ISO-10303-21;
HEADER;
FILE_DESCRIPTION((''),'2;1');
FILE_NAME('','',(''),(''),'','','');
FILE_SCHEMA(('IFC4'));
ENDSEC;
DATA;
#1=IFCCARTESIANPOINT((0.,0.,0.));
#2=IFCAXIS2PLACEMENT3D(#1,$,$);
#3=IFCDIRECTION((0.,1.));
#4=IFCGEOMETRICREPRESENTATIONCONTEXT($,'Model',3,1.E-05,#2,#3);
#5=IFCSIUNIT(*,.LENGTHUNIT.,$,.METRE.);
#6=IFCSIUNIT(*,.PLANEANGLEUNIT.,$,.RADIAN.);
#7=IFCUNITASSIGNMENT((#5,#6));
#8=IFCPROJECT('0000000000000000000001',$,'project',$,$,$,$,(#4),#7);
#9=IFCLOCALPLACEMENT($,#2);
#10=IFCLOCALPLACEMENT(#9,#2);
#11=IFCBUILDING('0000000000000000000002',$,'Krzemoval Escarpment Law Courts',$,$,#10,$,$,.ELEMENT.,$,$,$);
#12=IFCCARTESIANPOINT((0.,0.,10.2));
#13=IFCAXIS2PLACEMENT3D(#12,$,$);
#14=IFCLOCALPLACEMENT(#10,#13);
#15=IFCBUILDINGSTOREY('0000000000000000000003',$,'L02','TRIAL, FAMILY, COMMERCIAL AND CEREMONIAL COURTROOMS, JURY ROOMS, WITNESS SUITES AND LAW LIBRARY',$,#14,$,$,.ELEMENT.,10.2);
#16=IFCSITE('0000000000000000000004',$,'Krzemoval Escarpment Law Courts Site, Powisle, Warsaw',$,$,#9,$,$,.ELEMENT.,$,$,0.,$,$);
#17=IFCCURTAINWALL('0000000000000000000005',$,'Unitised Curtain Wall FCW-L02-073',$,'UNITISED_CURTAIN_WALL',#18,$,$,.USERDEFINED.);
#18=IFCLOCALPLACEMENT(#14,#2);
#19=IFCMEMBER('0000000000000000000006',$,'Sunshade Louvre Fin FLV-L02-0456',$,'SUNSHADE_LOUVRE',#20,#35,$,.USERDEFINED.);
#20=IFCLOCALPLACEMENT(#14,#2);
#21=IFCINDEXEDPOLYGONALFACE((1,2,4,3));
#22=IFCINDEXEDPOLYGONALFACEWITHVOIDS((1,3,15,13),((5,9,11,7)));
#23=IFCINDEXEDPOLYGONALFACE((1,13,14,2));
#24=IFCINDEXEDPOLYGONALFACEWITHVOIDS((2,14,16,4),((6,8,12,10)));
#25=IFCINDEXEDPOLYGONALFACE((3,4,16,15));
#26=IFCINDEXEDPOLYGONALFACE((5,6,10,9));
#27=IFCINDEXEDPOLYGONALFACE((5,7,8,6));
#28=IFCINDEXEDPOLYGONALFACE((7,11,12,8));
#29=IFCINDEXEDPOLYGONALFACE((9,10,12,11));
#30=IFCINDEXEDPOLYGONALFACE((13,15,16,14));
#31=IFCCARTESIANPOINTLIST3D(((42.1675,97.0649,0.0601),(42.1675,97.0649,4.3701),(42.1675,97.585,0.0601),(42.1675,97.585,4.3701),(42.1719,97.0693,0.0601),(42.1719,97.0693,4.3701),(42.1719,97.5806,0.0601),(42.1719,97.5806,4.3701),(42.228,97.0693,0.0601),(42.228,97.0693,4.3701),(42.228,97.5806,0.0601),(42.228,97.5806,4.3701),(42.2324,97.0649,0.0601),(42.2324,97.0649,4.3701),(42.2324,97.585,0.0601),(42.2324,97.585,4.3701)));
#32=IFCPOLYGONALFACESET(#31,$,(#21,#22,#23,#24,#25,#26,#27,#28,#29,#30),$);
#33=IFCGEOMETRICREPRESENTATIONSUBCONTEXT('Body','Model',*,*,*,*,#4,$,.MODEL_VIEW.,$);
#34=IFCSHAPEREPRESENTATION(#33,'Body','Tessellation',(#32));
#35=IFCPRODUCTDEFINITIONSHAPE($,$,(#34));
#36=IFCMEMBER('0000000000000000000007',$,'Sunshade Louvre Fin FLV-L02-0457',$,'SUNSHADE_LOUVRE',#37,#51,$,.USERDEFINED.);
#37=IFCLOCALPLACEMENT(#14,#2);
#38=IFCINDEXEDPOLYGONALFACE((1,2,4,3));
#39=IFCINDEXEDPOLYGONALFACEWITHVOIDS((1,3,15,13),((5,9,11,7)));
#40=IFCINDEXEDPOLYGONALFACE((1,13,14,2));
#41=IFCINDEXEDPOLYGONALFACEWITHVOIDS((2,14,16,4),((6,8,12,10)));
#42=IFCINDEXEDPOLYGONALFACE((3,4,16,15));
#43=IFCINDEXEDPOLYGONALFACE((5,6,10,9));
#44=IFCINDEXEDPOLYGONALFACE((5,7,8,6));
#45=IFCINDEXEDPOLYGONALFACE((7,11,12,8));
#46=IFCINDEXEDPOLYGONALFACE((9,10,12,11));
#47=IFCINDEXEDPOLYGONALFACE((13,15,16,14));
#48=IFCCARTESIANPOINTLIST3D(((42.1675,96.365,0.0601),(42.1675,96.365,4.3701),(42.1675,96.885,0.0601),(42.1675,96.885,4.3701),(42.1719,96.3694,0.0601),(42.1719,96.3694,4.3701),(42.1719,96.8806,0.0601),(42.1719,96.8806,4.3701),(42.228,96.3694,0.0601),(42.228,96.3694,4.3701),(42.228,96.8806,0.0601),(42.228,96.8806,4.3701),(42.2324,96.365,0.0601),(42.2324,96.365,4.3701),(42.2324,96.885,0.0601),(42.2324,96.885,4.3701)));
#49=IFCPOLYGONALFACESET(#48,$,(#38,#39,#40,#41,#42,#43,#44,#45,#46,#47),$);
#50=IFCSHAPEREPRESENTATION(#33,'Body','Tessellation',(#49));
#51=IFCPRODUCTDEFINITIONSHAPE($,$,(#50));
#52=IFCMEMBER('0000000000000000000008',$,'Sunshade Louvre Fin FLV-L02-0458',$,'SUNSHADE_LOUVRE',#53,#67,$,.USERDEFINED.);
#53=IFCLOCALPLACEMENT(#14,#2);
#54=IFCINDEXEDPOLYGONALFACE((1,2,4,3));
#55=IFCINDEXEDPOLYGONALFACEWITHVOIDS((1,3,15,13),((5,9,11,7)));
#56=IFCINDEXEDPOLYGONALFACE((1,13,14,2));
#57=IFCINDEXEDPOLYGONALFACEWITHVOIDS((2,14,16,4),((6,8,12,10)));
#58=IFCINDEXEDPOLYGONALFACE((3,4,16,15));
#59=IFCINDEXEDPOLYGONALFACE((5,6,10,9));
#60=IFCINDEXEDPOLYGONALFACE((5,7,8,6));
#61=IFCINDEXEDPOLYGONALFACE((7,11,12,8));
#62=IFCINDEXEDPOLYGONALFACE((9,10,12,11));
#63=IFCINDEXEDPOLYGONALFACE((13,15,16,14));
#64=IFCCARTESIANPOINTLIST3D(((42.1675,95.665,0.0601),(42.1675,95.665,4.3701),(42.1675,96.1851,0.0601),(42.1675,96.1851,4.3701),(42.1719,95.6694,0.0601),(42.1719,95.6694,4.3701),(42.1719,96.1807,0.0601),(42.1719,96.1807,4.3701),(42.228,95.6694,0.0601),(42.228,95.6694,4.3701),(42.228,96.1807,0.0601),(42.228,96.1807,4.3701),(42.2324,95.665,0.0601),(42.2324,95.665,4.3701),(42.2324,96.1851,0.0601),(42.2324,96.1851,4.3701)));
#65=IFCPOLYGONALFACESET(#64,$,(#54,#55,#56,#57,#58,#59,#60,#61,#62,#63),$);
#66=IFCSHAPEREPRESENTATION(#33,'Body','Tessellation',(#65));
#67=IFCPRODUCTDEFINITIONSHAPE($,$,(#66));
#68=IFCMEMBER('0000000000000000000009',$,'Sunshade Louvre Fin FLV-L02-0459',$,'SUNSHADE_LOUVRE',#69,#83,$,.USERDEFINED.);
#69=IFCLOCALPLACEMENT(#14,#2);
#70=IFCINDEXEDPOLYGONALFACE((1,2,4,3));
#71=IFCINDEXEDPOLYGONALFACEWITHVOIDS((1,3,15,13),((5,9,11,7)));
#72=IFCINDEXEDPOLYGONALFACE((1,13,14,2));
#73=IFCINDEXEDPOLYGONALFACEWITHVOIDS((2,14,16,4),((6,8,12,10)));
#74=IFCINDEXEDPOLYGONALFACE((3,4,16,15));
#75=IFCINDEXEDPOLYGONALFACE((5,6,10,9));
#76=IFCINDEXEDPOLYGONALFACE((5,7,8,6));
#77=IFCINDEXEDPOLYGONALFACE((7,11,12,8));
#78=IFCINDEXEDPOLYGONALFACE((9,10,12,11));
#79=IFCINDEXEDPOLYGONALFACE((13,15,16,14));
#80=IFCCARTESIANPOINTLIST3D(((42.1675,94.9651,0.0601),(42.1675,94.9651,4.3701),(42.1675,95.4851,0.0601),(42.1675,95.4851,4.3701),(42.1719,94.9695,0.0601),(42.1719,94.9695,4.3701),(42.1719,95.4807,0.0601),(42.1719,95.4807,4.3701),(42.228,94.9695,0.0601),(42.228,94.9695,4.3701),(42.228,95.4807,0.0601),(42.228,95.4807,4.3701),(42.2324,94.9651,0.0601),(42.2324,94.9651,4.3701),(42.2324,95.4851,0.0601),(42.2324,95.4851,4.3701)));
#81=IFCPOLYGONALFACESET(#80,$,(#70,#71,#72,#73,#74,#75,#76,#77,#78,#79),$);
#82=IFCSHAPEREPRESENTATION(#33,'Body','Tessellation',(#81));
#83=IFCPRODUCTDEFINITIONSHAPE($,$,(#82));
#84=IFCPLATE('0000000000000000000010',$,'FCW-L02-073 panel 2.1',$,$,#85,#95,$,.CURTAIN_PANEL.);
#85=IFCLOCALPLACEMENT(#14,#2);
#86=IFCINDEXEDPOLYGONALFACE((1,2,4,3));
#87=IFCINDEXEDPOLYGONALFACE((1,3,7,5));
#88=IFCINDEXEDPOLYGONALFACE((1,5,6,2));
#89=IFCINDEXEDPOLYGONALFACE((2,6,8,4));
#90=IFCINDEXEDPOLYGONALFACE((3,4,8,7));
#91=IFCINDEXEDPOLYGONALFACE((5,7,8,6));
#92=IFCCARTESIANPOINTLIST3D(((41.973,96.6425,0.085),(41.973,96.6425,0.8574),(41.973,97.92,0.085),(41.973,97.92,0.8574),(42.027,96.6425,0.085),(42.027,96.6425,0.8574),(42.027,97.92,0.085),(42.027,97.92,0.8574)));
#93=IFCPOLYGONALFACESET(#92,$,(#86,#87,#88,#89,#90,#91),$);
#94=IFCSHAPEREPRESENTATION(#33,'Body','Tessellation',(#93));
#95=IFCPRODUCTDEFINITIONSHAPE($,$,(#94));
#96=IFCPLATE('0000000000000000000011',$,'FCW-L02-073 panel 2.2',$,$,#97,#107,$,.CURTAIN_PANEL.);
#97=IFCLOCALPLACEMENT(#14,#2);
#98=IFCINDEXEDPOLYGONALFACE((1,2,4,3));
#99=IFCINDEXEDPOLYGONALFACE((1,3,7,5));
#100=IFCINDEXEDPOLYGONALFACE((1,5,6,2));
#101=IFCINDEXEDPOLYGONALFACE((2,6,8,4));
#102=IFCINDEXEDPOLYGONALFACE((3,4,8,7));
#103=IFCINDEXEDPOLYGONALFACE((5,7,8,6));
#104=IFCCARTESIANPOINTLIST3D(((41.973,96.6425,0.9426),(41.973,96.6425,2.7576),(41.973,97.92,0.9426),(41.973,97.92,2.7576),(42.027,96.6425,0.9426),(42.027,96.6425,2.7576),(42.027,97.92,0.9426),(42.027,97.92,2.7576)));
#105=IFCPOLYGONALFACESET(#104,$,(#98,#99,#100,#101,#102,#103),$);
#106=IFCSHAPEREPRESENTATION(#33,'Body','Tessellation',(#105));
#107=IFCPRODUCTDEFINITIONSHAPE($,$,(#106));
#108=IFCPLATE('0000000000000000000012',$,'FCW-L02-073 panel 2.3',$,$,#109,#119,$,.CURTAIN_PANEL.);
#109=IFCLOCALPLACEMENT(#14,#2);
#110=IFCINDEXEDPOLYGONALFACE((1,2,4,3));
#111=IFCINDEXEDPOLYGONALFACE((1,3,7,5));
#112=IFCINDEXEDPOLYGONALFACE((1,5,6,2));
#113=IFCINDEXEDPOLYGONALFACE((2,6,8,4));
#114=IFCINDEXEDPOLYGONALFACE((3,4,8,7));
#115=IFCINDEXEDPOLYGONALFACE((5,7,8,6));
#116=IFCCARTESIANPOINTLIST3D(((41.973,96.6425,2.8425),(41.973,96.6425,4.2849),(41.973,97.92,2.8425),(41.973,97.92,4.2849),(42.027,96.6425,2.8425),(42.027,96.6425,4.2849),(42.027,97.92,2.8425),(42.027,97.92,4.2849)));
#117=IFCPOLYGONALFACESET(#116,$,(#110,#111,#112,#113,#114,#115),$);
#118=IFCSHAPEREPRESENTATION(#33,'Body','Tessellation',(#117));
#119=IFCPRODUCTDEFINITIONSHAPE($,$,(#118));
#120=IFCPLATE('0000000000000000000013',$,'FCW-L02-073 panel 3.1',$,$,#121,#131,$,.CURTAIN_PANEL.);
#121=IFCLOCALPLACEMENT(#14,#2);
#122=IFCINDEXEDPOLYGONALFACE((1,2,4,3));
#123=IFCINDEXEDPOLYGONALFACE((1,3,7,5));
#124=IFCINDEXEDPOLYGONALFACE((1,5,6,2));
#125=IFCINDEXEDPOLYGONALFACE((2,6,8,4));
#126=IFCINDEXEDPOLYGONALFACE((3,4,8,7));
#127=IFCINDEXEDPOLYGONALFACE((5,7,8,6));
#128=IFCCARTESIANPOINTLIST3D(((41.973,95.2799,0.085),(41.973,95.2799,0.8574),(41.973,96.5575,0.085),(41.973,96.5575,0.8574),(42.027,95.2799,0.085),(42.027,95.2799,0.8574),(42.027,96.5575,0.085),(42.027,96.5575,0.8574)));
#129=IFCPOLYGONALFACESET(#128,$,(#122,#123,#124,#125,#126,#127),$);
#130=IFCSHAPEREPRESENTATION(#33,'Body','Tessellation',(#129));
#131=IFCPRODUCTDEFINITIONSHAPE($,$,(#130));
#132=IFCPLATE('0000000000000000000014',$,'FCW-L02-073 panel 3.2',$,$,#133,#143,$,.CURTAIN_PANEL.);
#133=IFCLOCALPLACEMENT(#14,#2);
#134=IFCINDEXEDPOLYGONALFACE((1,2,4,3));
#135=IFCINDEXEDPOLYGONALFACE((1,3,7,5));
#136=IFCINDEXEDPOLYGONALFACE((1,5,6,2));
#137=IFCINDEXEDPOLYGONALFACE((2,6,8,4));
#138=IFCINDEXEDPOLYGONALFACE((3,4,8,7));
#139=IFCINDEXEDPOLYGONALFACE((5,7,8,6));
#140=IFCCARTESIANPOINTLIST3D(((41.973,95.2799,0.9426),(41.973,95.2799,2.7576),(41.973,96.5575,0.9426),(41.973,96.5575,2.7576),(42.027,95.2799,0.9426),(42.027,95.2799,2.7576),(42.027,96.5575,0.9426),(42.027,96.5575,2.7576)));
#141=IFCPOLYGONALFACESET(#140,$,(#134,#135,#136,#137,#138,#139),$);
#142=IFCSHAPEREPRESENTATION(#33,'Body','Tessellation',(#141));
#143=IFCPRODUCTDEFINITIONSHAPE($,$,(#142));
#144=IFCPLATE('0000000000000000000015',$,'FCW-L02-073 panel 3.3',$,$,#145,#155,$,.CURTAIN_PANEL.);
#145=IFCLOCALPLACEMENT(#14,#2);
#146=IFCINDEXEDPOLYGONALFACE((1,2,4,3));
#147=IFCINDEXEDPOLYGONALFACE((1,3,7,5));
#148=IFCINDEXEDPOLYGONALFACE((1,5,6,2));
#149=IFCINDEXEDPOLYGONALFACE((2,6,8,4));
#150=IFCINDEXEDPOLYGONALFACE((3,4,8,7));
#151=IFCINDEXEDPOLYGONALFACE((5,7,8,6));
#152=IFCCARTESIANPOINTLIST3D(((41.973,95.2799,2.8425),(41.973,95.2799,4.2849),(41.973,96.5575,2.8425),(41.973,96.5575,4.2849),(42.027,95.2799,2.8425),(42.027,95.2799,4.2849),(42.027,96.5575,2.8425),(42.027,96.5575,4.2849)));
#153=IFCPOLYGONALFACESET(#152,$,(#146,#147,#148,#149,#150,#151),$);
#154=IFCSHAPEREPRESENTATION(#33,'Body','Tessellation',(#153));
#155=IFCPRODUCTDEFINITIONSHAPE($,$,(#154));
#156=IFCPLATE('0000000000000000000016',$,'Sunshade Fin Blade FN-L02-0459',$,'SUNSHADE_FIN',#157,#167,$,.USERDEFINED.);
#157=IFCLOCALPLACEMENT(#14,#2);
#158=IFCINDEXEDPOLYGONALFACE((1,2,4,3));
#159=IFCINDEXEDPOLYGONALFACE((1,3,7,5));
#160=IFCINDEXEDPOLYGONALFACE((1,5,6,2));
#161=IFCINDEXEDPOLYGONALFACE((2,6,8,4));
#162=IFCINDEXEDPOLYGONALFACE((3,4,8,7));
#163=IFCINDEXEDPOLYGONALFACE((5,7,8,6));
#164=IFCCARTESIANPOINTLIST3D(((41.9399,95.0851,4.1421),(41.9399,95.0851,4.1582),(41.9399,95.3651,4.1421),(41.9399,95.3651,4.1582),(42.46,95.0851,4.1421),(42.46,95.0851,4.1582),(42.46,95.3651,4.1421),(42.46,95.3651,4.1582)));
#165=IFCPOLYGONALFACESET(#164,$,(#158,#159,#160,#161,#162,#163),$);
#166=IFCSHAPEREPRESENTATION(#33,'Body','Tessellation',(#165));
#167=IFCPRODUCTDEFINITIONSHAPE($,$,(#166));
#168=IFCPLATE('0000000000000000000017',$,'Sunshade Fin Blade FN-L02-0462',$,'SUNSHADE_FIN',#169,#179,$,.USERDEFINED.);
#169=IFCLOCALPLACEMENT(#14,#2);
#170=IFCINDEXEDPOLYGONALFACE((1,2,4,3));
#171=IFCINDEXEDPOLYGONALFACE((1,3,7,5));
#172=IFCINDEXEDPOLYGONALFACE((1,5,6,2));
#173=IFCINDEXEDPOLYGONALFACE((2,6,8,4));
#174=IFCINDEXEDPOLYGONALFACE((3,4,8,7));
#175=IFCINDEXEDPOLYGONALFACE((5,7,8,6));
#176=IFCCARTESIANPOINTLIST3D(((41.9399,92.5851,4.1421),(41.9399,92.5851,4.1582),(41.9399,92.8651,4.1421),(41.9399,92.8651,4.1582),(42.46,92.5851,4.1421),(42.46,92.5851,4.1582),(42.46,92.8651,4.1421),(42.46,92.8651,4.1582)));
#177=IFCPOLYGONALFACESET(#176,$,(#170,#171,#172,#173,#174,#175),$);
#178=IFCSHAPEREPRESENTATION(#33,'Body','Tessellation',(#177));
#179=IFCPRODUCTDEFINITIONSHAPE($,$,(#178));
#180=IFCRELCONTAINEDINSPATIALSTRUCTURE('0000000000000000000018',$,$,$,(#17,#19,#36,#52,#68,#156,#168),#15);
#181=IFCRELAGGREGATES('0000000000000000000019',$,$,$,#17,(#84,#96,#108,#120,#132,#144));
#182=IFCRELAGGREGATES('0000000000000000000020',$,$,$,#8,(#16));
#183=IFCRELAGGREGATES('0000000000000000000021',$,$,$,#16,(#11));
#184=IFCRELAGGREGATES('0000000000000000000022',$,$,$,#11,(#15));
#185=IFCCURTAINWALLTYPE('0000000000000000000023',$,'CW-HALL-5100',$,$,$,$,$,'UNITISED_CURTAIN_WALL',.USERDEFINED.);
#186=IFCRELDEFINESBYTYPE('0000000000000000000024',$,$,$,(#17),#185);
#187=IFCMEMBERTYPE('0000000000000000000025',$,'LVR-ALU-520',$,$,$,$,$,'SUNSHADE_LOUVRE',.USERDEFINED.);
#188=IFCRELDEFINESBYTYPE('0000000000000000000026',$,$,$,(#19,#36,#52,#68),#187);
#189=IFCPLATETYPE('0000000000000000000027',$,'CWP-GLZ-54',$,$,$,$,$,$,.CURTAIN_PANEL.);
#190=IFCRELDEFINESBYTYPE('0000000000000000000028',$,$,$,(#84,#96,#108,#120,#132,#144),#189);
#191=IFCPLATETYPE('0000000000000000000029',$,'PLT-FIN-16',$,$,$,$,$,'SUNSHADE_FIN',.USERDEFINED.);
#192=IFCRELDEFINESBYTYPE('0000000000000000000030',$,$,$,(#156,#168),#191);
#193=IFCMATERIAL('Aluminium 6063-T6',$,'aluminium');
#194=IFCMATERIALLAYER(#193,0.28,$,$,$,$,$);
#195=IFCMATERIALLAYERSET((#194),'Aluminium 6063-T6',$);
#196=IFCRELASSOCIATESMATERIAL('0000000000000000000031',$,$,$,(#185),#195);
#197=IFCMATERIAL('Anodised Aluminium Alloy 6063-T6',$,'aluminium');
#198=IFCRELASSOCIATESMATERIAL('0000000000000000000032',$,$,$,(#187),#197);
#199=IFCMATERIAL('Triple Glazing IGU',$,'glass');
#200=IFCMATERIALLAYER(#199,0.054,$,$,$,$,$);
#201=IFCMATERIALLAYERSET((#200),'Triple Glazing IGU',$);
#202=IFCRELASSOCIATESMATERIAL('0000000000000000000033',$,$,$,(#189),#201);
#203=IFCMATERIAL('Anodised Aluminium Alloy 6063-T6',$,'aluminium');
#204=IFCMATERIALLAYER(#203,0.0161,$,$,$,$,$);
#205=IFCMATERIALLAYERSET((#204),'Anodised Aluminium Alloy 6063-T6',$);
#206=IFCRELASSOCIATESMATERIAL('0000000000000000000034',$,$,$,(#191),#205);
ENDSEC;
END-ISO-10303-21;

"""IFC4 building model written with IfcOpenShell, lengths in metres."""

from ifc_helpers import new_model, si_unit, direction, frame, origin, origin_2d, place, context, subcontext, project, spatial, rectangle, hollow_rectangle, extrude, material, layer, layer_set, material_profile, profile_set, type_object, element, aggregate, save


model = new_model("IFC4")

# Units and contexts
model_context = context("Model", 3, precision=1e-05, world=origin(), true_north=direction((0.0, 1.0)))
body_context = subcontext(model_context, "Body", "Model", "MODEL_VIEW")
ifc_project = project(units=[si_unit("LENGTHUNIT", "METRE"), si_unit("PLANEANGLEUNIT", "RADIAN")], contexts=[model_context])

# Site, building, storey
site_placement = place(None, origin())
site = spatial("IfcSite", under=ifc_project, at=site_placement, Name="Krzemoval Escarpment Law Courts Site, Powisle, Warsaw", CompositionType="ELEMENT", RefElevation=0.0)
building_placement = place(site_placement, origin())
building = spatial("IfcBuilding", under=site, at=building_placement, Name="Krzemoval Escarpment Law Courts", CompositionType="ELEMENT")
storey_placement = place(building_placement, frame((0.0, 0.0, 10.2)))
storey = spatial("IfcBuildingStorey", under=building, at=storey_placement, Name="L02", Description="TRIAL, FAMILY, COMMERCIAL AND CEREMONIAL COURTROOMS, JURY ROOMS, WITNESS SUITES AND LAW LIBRARY", CompositionType="ELEMENT", Elevation=10.2)

# Curtain wall
ifc_material_1 = material(Name="Aluminium 6063-T6", Category="aluminium")
ifc_layer_1 = layer(ifc_material_1, 0.28)
ifc_layer_set_1 = layer_set([ifc_layer_1], Name="Aluminium 6063-T6")
curtain_wall_type = type_object("IfcCurtainWallType", Name="CW-HALL-5100", ElementType="UNITISED_CURTAIN_WALL", PredefinedType="USERDEFINED", material=ifc_layer_set_1)
curtain_wall_placement = place(storey_placement, origin())
curtain_wall = element("IfcCurtainWall", 1, at=curtain_wall_placement, inside=storey, type_object=curtain_wall_type, Name="Unitised Curtain Wall FCW-L02-073", ObjectType="UNITISED_CURTAIN_WALL", PredefinedType="USERDEFINED")

# Members
ifc_material_2 = material(Name="Anodised Aluminium Alloy 6063-T6", Category="aluminium")
ifc_material_profile_1 = material_profile(ifc_material_2, hollow_rectangle(XDim=0.0649, YDim=0.52, WallThickness=0.0044, at=origin_2d()), Name="ALU LVR 65x520")
ifc_profile_set_1 = profile_set([ifc_material_profile_1], Name="Anodised Aluminium Alloy 6063-T6")
member_type_1 = type_object("IfcMemberType", Name="LVR-ALU-520", ElementType="SUNSHADE_LOUVRE", PredefinedType="USERDEFINED", material=ifc_profile_set_1)
for number, where, z_axis, x_axis, name in (
    (2, (42.2, 97.325, 0.0601), (0.0, 0.0, 1.0), (1.0, 0.0, 0.0), "Sunshade Louvre Fin FLV-L02-0456"),
    (3, (42.2, 96.625, 0.0601), (0.0, 0.0, 1.0), (1.0, 0.0, 0.0), "Sunshade Louvre Fin FLV-L02-0457"),
    (4, (42.2, 95.925, 0.0601), (0.0, 0.0, 1.0), (1.0, 0.0, 0.0), "Sunshade Louvre Fin FLV-L02-0458"),
    (5, (42.2, 95.2251, 0.0601), (0.0, 0.0, 1.0), (1.0, 0.0, 0.0), "Sunshade Louvre Fin FLV-L02-0459"),
):
    element("IfcMember", number, at=place(storey_placement, frame(where, z_axis=z_axis, x_axis=x_axis)), inside=storey, type_object=member_type_1, Name=name, ObjectType="SUNSHADE_LOUVRE", PredefinedType="USERDEFINED", context=body_context, shape_type="SweptSolid", body=[
        extrude(hollow_rectangle(XDim=0.0649, YDim=0.52, WallThickness=0.0044, at=origin_2d()), origin(), (0.0, 0.0, 1.0), 4.3101),
    ])

# Plates
ifc_material_3 = material(Name="Triple Glazing IGU", Category="glass")
ifc_layer_2 = layer(ifc_material_3, 0.054)
ifc_layer_set_2 = layer_set([ifc_layer_2], Name="Triple Glazing IGU")
plate_type_1 = type_object("IfcPlateType", Name="CWP-GLZ-54", PredefinedType="CURTAIN_PANEL", material=ifc_layer_set_2)
plate_1_placement = place(storey_placement, frame((42.0, 97.2812, 0.085), z_axis=(0.0, 0.0, 1.0), x_axis=(0.0, -1.0, 0.0)))
plate_1 = element("IfcPlate", 6, at=plate_1_placement, type_object=plate_type_1, Name="FCW-L02-073 panel 2.1", PredefinedType="CURTAIN_PANEL", context=body_context, shape_type="SweptSolid", body=[
    extrude(rectangle(XDim=1.2776, YDim=0.054, at=origin_2d()), origin(), (0.0, 0.0, 1.0), 0.7725),
])
plate_2_placement = place(storey_placement, frame((42.0, 97.2812, 0.9426), z_axis=(0.0, 0.0, 1.0), x_axis=(0.0, -1.0, 0.0)))
plate_2 = element("IfcPlate", 7, at=plate_2_placement, type_object=plate_type_1, Name="FCW-L02-073 panel 2.2", PredefinedType="CURTAIN_PANEL", context=body_context, shape_type="SweptSolid", body=[
    extrude(rectangle(XDim=1.2776, YDim=0.054, at=origin_2d()), origin(), (0.0, 0.0, 1.0), 1.8149),
])
plate_3_placement = place(storey_placement, frame((42.0, 97.2812, 2.8425), z_axis=(0.0, 0.0, 1.0), x_axis=(0.0, -1.0, 0.0)))
plate_3 = element("IfcPlate", 8, at=plate_3_placement, type_object=plate_type_1, Name="FCW-L02-073 panel 2.3", PredefinedType="CURTAIN_PANEL", context=body_context, shape_type="SweptSolid", body=[
    extrude(rectangle(XDim=1.2776, YDim=0.054, at=origin_2d()), origin(), (0.0, 0.0, 1.0), 1.4424),
])
plate_4_placement = place(storey_placement, frame((42.0, 95.9187, 0.085), z_axis=(0.0, 0.0, 1.0), x_axis=(0.0, -1.0, 0.0)))
plate_4 = element("IfcPlate", 9, at=plate_4_placement, type_object=plate_type_1, Name="FCW-L02-073 panel 3.1", PredefinedType="CURTAIN_PANEL", context=body_context, shape_type="SweptSolid", body=[
    extrude(rectangle(XDim=1.2776, YDim=0.054, at=origin_2d()), origin(), (0.0, 0.0, 1.0), 0.7725),
])
plate_5_placement = place(storey_placement, frame((42.0, 95.9187, 0.9426), z_axis=(0.0, 0.0, 1.0), x_axis=(0.0, -1.0, 0.0)))
plate_5 = element("IfcPlate", 10, at=plate_5_placement, type_object=plate_type_1, Name="FCW-L02-073 panel 3.2", PredefinedType="CURTAIN_PANEL", context=body_context, shape_type="SweptSolid", body=[
    extrude(rectangle(XDim=1.2776, YDim=0.054, at=origin_2d()), origin(), (0.0, 0.0, 1.0), 1.8149),
])
plate_6_placement = place(storey_placement, frame((42.0, 95.9187, 2.8425), z_axis=(0.0, 0.0, 1.0), x_axis=(0.0, -1.0, 0.0)))
plate_6 = element("IfcPlate", 11, at=plate_6_placement, type_object=plate_type_1, Name="FCW-L02-073 panel 3.3", PredefinedType="CURTAIN_PANEL", context=body_context, shape_type="SweptSolid", body=[
    extrude(rectangle(XDim=1.2776, YDim=0.054, at=origin_2d()), origin(), (0.0, 0.0, 1.0), 1.4424),
])
aggregate(curtain_wall, [plate_1, plate_2, plate_3, plate_4, plate_5, plate_6])

# Plates
ifc_material_4 = material(Name="Anodised Aluminium Alloy 6063-T6", Category="aluminium")
ifc_layer_3 = layer(ifc_material_4, 0.0161)
ifc_layer_set_3 = layer_set([ifc_layer_3], Name="Anodised Aluminium Alloy 6063-T6")
plate_type_2 = type_object("IfcPlateType", Name="PLT-FIN-16", ElementType="SUNSHADE_FIN", PredefinedType="USERDEFINED", material=ifc_layer_set_3)
for number, where, z_axis, x_axis, name in (
    (12, (42.2, 95.2251, 4.1421), (0.0, 0.0, 1.0), (1.0, 0.0, 0.0), "Sunshade Fin Blade FN-L02-0459"),
    (13, (42.2, 92.7251, 4.1421), (0.0, 0.0, 1.0), (1.0, 0.0, 0.0), "Sunshade Fin Blade FN-L02-0462"),
):
    element("IfcPlate", number, at=place(storey_placement, frame(where, z_axis=z_axis, x_axis=x_axis)), inside=storey, type_object=plate_type_2, Name=name, ObjectType="SUNSHADE_FIN", PredefinedType="USERDEFINED", context=body_context, shape_type="SweptSolid", body=[
        extrude(rectangle(XDim=0.52, YDim=0.28, at=origin_2d()), origin(), (0.0, 0.0, 1.0), 0.0161),
    ])

save(model, "model.ifc")
